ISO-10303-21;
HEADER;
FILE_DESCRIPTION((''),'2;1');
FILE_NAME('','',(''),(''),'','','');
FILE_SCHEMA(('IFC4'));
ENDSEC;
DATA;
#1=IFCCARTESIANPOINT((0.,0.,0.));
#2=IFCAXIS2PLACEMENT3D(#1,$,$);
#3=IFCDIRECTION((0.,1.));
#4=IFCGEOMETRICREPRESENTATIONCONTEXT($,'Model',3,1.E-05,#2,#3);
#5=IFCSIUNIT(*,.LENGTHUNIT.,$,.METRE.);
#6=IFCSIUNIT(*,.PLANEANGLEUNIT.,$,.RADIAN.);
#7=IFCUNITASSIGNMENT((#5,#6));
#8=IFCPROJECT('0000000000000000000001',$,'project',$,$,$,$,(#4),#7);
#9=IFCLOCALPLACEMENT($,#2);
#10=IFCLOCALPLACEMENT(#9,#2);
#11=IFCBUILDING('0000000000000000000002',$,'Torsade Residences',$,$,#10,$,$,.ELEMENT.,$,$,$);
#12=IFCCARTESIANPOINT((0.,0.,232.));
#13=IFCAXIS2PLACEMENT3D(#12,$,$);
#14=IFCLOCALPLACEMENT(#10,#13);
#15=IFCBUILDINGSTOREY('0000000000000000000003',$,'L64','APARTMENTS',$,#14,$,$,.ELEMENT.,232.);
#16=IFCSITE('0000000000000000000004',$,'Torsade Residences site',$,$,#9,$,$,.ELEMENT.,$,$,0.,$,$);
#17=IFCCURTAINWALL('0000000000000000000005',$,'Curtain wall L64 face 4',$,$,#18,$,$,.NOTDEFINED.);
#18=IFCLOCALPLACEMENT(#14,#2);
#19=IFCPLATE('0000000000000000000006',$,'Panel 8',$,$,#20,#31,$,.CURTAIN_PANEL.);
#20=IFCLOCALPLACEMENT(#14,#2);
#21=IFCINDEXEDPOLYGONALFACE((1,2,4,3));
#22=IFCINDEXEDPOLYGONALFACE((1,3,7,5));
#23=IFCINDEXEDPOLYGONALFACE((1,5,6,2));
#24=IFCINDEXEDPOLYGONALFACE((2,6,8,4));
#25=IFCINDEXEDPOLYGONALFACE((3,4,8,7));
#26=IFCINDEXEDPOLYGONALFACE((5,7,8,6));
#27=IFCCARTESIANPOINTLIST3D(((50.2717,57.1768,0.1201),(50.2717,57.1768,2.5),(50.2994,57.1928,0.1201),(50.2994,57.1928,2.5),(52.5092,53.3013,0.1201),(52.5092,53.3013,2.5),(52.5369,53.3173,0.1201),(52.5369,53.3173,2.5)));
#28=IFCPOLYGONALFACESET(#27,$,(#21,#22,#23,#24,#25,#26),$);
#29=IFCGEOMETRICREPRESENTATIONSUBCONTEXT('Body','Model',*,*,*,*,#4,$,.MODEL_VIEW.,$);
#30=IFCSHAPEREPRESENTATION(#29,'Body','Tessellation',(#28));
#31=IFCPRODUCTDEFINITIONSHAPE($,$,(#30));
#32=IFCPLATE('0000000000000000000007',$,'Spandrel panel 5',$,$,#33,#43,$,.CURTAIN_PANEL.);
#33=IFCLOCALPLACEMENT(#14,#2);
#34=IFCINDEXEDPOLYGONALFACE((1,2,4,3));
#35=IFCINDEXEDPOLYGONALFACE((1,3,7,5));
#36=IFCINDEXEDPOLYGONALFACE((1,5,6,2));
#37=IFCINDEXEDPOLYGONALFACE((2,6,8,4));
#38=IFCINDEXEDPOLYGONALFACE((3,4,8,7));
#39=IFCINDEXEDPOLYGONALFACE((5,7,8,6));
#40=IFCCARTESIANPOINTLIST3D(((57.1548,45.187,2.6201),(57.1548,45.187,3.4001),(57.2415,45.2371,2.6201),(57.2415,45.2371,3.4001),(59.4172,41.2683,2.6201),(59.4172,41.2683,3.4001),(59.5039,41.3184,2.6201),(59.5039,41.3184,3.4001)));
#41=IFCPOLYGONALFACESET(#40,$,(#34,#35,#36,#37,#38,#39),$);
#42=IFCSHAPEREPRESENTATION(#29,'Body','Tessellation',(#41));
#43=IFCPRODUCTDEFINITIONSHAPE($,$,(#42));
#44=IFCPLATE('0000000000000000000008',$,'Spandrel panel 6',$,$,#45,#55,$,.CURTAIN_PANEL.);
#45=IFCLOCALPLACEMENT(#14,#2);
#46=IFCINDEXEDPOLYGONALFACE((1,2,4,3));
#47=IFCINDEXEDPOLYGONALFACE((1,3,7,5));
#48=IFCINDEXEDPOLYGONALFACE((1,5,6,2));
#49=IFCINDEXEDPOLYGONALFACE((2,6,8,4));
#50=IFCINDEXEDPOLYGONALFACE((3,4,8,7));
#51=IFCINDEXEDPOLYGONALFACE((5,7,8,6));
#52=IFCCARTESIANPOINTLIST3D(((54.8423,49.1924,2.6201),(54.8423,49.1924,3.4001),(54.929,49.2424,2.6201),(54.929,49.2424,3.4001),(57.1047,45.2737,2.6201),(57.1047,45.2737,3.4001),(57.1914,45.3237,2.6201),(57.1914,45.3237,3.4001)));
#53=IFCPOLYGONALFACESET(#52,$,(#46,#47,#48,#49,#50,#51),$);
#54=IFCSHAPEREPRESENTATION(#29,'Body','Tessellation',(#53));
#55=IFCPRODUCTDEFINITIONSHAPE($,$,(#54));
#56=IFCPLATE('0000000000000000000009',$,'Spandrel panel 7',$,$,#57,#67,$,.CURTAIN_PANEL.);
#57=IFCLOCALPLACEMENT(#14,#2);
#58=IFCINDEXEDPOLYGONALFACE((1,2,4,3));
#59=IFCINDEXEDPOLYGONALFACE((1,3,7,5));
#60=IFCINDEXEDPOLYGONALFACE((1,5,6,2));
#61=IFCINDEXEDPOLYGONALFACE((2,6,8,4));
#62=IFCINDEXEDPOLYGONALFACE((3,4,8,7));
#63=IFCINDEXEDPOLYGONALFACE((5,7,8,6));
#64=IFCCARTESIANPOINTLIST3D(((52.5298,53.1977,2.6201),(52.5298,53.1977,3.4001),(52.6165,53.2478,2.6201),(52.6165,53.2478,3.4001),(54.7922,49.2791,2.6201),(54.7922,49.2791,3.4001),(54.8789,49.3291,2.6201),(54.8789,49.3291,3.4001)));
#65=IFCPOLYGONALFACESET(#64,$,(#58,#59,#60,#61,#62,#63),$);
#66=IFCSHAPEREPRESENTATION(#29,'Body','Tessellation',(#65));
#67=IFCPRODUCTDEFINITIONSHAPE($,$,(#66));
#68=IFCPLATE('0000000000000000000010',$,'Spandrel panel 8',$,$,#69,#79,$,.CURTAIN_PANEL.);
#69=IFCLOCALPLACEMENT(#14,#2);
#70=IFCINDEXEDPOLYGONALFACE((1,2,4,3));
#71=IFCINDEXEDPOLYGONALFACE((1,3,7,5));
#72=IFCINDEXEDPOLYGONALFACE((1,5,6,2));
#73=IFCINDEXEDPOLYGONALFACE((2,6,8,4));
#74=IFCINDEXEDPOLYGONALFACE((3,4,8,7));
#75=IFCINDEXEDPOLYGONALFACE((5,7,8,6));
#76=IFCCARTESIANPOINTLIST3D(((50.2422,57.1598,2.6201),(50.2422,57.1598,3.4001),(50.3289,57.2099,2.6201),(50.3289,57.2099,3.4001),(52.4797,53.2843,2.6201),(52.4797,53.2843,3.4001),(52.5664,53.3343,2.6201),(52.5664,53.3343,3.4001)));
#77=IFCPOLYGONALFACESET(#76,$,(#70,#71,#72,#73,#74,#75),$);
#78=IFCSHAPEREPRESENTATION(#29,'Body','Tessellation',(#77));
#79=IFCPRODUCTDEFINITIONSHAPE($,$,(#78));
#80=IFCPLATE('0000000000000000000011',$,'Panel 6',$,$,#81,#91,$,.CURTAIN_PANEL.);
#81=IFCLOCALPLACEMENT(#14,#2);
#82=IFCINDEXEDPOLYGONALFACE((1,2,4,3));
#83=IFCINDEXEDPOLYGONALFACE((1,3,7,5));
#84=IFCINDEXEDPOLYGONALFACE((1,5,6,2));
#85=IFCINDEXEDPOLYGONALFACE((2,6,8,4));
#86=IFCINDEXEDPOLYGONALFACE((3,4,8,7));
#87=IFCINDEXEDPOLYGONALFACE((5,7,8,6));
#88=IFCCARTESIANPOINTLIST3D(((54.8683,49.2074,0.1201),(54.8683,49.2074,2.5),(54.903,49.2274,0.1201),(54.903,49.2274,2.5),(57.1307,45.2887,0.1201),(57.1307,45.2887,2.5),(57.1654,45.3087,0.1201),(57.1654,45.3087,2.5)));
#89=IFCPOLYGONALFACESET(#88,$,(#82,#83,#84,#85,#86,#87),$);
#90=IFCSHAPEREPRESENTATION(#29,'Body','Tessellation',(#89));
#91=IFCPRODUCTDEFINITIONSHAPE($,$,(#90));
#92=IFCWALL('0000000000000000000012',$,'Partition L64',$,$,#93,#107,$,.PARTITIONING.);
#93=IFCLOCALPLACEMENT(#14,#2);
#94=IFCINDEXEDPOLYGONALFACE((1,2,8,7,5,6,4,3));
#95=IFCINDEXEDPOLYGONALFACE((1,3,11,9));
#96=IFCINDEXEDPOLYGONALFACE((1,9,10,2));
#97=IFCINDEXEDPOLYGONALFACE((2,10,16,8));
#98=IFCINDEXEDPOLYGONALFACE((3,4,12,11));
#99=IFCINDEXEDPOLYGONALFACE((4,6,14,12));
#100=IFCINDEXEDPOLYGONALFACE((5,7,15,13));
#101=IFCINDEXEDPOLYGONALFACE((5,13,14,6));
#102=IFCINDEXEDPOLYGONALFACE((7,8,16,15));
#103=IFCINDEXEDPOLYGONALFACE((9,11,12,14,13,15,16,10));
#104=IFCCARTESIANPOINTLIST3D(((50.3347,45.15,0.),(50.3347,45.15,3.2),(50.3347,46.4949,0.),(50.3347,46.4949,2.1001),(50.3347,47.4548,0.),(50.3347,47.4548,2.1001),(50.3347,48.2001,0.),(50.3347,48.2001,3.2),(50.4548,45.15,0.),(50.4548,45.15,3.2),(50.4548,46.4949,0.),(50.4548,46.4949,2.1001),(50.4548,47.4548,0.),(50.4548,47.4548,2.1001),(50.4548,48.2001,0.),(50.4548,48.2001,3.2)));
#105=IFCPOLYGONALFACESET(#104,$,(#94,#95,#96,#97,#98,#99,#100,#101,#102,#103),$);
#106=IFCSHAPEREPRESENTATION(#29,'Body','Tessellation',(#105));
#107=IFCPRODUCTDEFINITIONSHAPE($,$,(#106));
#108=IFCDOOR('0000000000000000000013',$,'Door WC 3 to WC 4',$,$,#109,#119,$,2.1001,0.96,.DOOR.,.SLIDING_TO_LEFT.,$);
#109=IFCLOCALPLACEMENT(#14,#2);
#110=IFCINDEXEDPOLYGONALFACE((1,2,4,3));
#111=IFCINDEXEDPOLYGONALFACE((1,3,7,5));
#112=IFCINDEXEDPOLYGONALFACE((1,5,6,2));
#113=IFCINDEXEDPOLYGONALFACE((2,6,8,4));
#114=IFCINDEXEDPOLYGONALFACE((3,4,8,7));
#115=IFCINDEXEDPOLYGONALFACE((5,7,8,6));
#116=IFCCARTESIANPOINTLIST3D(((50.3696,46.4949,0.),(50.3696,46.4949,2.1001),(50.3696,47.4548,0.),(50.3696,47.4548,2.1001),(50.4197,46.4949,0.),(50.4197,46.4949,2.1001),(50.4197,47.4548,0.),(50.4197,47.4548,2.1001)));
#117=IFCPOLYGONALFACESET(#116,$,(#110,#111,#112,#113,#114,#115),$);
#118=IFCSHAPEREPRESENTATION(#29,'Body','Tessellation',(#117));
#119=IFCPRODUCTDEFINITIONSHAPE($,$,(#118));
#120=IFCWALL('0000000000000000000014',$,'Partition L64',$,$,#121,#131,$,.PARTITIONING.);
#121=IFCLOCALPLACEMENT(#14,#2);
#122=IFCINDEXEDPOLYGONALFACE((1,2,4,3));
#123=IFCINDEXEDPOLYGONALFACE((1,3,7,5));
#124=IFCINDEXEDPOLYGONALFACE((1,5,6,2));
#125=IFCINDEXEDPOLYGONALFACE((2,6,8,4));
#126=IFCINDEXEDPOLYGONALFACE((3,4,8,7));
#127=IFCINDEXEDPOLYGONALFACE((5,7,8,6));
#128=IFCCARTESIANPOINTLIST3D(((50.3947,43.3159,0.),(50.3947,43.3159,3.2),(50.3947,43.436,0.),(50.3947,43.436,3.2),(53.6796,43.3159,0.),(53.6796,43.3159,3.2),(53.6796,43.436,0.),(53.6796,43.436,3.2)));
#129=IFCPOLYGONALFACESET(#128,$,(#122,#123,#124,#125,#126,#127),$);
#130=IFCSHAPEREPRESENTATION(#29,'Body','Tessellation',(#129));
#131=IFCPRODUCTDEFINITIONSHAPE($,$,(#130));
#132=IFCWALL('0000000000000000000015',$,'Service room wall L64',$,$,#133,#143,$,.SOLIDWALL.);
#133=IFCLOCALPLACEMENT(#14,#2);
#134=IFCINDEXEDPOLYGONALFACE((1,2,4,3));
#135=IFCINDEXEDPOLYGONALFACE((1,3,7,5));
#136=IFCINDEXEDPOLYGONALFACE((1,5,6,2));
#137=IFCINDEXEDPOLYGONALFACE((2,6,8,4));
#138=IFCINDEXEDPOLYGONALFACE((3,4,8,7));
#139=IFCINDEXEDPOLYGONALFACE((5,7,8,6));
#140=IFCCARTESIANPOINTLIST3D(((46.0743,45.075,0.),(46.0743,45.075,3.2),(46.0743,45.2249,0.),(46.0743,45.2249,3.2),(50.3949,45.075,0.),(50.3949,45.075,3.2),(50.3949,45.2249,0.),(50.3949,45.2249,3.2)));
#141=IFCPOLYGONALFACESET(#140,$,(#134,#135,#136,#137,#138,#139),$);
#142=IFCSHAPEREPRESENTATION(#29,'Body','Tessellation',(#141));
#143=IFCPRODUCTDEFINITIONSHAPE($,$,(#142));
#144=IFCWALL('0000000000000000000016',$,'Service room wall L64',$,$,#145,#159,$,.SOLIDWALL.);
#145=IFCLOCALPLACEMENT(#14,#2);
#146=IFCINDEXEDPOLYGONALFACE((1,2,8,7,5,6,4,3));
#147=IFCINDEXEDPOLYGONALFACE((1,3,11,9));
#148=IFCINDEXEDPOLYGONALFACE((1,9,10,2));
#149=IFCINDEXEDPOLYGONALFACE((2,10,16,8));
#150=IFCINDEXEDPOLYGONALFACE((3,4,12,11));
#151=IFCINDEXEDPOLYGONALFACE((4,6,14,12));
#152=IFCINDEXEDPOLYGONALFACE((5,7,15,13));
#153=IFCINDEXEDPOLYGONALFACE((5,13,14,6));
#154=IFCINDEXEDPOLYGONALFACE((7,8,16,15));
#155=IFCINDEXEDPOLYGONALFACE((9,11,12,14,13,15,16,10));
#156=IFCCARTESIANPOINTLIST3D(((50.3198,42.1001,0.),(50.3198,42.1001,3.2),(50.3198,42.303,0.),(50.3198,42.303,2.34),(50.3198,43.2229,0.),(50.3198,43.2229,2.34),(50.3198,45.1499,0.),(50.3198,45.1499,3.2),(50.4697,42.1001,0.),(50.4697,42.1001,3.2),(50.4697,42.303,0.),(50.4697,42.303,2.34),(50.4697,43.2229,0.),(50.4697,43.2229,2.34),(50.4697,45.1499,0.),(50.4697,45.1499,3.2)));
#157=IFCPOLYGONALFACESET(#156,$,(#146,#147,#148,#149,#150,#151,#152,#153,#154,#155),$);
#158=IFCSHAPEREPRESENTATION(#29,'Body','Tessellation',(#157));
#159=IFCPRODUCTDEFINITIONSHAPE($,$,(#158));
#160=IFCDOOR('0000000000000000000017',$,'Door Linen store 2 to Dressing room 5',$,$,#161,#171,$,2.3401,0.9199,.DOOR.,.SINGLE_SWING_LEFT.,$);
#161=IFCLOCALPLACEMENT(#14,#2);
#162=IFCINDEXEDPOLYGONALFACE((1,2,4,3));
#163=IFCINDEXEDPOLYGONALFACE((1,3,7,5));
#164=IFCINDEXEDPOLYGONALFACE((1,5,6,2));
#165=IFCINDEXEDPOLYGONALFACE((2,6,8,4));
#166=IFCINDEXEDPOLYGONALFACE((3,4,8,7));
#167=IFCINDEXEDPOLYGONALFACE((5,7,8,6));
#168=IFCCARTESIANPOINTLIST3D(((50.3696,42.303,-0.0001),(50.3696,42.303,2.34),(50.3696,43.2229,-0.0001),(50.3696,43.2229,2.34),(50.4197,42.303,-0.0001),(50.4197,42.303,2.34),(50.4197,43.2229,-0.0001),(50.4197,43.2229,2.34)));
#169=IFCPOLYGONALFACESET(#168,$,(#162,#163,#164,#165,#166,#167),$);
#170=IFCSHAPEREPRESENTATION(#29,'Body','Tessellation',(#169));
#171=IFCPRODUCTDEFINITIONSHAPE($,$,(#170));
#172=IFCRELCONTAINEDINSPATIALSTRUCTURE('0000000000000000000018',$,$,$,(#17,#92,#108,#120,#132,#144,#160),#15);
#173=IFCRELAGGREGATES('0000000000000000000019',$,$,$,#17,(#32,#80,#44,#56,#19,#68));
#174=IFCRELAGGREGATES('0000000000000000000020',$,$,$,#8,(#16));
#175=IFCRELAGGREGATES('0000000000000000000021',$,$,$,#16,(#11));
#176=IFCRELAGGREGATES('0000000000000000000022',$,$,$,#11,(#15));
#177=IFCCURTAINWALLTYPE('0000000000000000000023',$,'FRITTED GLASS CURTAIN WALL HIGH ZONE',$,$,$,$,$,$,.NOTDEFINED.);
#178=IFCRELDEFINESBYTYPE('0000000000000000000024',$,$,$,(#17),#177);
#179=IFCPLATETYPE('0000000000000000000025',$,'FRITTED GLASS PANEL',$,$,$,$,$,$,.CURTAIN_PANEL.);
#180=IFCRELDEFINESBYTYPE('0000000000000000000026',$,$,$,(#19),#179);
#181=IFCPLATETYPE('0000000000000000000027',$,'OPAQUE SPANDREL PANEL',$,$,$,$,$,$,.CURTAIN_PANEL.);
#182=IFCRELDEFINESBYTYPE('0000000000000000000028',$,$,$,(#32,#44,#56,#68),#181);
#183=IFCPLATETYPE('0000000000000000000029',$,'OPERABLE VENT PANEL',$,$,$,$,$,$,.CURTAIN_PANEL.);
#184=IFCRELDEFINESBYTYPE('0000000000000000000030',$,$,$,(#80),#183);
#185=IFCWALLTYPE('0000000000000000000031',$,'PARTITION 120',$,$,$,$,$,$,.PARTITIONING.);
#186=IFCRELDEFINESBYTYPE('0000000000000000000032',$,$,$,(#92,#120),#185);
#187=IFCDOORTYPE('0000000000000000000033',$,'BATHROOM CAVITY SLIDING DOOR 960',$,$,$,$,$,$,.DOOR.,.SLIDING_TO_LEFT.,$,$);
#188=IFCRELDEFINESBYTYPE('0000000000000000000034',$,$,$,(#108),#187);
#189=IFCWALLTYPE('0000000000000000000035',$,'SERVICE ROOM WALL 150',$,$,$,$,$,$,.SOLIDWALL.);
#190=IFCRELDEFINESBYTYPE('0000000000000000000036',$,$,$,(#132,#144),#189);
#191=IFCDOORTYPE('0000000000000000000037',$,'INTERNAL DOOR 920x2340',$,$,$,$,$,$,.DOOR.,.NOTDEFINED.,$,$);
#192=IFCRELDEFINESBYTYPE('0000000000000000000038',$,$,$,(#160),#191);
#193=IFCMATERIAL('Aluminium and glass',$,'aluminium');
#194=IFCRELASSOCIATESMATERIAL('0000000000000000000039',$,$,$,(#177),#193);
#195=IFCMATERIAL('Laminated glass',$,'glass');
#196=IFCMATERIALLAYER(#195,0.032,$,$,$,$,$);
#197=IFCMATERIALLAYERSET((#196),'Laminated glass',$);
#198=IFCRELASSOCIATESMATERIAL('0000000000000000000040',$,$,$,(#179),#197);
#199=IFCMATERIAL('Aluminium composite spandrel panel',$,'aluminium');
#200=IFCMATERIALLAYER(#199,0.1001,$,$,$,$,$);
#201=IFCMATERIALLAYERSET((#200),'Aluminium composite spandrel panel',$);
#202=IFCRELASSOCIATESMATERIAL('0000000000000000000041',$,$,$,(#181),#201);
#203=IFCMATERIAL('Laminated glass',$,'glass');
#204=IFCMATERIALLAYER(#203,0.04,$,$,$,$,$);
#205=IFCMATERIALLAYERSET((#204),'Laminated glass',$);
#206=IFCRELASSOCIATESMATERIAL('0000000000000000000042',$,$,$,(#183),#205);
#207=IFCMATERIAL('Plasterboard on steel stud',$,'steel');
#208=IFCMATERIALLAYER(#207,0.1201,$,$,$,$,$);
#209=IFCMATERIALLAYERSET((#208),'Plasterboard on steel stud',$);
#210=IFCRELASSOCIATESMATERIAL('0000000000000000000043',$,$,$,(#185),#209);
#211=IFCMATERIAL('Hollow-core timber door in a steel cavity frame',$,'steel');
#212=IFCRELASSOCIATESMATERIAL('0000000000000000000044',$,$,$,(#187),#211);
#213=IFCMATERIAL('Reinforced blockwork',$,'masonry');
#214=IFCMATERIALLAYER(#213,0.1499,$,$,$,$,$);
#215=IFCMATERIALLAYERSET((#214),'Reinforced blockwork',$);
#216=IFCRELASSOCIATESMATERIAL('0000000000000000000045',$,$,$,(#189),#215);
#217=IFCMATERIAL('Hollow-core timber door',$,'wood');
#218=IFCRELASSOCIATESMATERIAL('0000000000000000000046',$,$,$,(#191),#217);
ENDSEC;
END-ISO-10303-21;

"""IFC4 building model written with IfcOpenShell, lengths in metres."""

from ifc_helpers import new_model, si_unit, direction, frame, frame_2d, origin, origin_2d, place, context, subcontext, project, spatial, rectangle, extrude, material, layer, layer_set, type_object, element, fill, aggregate, save


model = new_model("IFC4")

# Units and contexts
model_context = context("Model", 3, precision=1e-05, world=origin(), true_north=direction((0.0, 1.0)))
body_context = subcontext(model_context, "Body", "Model", "MODEL_VIEW")
ifc_project = project(units=[si_unit("LENGTHUNIT", "METRE"), si_unit("PLANEANGLEUNIT", "RADIAN")], contexts=[model_context])

# Site, building, storey
site_placement = place(None, origin())
site = spatial("IfcSite", under=ifc_project, at=site_placement, Name="Torsade Residences site", CompositionType="ELEMENT", RefElevation=0.0)
building_placement = place(site_placement, origin())
building = spatial("IfcBuilding", under=site, at=building_placement, Name="Torsade Residences", CompositionType="ELEMENT")
storey_placement = place(building_placement, frame((0.0, 0.0, 232.0)))
storey = spatial("IfcBuildingStorey", under=building, at=storey_placement, Name="L64", Description="APARTMENTS", CompositionType="ELEMENT", Elevation=232.0)

# Curtain wall
ifc_material_1 = material(Name="Aluminium and glass", Category="aluminium")
curtain_wall_type = type_object("IfcCurtainWallType", Name="FRITTED GLASS CURTAIN WALL HIGH ZONE", PredefinedType="NOTDEFINED", material=ifc_material_1)
curtain_wall_placement = place(storey_placement, origin())
curtain_wall = element("IfcCurtainWall", 1, at=curtain_wall_placement, inside=storey, type_object=curtain_wall_type, Name="Curtain wall L64 face 4", PredefinedType="NOTDEFINED")

# Plates
ifc_material_2 = material(Name="Laminated glass", Category="glass")
ifc_layer_1 = layer(ifc_material_2, 0.032)
ifc_layer_set_1 = layer_set([ifc_layer_1], Name="Laminated glass")
plate_type_1 = type_object("IfcPlateType", Name="FRITTED GLASS PANEL", PredefinedType="CURTAIN_PANEL", material=ifc_layer_set_1)
plate_1_placement = place(storey_placement, frame((51.4043, 55.2471, 0.1201), z_axis=(0.0, 0.0, 1.0), x_axis=(-0.5, 0.866025, 0.0)))
plate_1 = element("IfcPlate", 2, at=plate_1_placement, type_object=plate_type_1, Name="Panel 8", PredefinedType="CURTAIN_PANEL", context=body_context, shape_type="SweptSolid", body=[
    extrude(rectangle(XDim=4.4751, YDim=0.032, at=origin_2d()), origin(), (0.0, 0.0, 1.0), 2.3799),
])
ifc_material_3 = material(Name="Aluminium composite spandrel panel", Category="aluminium")
ifc_layer_2 = layer(ifc_material_3, 0.1001)
ifc_layer_set_2 = layer_set([ifc_layer_2], Name="Aluminium composite spandrel panel")
plate_type_2 = type_object("IfcPlateType", Name="OPAQUE SPANDREL PANEL", PredefinedType="CURTAIN_PANEL", material=ifc_layer_set_2)
plate_2_placement = place(storey_placement, frame((58.3293, 43.2527, 2.6201), z_axis=(0.0, 0.0, 1.0), x_axis=(-0.5, 0.866025, 0.0)))
plate_2 = element("IfcPlate", 3, at=plate_2_placement, type_object=plate_type_2, Name="Spandrel panel 5", PredefinedType="CURTAIN_PANEL", context=body_context, shape_type="SweptSolid", body=[
    extrude(rectangle(XDim=4.5249, YDim=0.1001, at=origin_2d()), origin(), (0.0, 0.0, 1.0), 0.78),
])
plate_3_placement = place(storey_placement, frame((56.0168, 47.2581, 2.6201), z_axis=(0.0, 0.0, 1.0), x_axis=(-0.5, 0.866025, 0.0)))
plate_3 = element("IfcPlate", 4, at=plate_3_placement, type_object=plate_type_2, Name="Spandrel panel 6", PredefinedType="CURTAIN_PANEL", context=body_context, shape_type="SweptSolid", body=[
    extrude(rectangle(XDim=4.5249, YDim=0.1001, at=origin_2d()), origin(), (0.0, 0.0, 1.0), 0.78),
])
plate_4_placement = place(storey_placement, frame((53.7043, 51.2634, 2.6201), z_axis=(0.0, 0.0, 1.0), x_axis=(-0.5, 0.866025, 0.0)))
plate_4 = element("IfcPlate", 5, at=plate_4_placement, type_object=plate_type_2, Name="Spandrel panel 7", PredefinedType="CURTAIN_PANEL", context=body_context, shape_type="SweptSolid", body=[
    extrude(rectangle(XDim=4.5249, YDim=0.1001, at=origin_2d()), origin(), (0.0, 0.0, 1.0), 0.78),
])
plate_5_placement = place(storey_placement, frame((51.4043, 55.2471, 2.6201), z_axis=(0.0, 0.0, 1.0), x_axis=(-0.5, 0.866025, 0.0)))
plate_5 = element("IfcPlate", 6, at=plate_5_placement, type_object=plate_type_2, Name="Spandrel panel 8", PredefinedType="CURTAIN_PANEL", context=body_context, shape_type="SweptSolid", body=[
    extrude(rectangle(XDim=4.4751, YDim=0.1001, at=origin_2d()), origin(), (0.0, 0.0, 1.0), 0.78),
])
ifc_material_4 = material(Name="Laminated glass", Category="glass")
ifc_layer_3 = layer(ifc_material_4, 0.04)
ifc_layer_set_3 = layer_set([ifc_layer_3], Name="Laminated glass")
plate_type_3 = type_object("IfcPlateType", Name="OPERABLE VENT PANEL", PredefinedType="CURTAIN_PANEL", material=ifc_layer_set_3)
plate_6_placement = place(storey_placement, frame((56.0168, 47.2581, 0.1201), z_axis=(0.0, 0.0, 1.0), x_axis=(-0.5, 0.866025, 0.0)))
plate_6 = element("IfcPlate", 7, at=plate_6_placement, type_object=plate_type_3, Name="Panel 6", PredefinedType="CURTAIN_PANEL", context=body_context, shape_type="SweptSolid", body=[
    extrude(rectangle(XDim=4.5249, YDim=0.04, at=origin_2d()), origin(), (0.0, 0.0, 1.0), 2.3799),
])
aggregate(curtain_wall, [plate_2, plate_6, plate_3, plate_4, plate_1, plate_5])

# Wall, opening, door
ifc_material_5 = material(Name="Plasterboard on steel stud", Category="steel")
ifc_layer_4 = layer(ifc_material_5, 0.1201)
ifc_layer_set_4 = layer_set([ifc_layer_4], Name="Plasterboard on steel stud")
wall_type_1 = type_object("IfcWallType", Name="PARTITION 120", PredefinedType="PARTITIONING", material=ifc_layer_set_4)
wall_1_placement = place(storey_placement, frame((50.3948, 48.2, 0.0), z_axis=(0.0, 0.0, 1.0), x_axis=(0.0, -1.0, 0.0)))
wall_1 = element("IfcWall", 8, at=wall_1_placement, inside=storey, type_object=wall_type_1, Name="Partition L64", PredefinedType="PARTITIONING", context=body_context, shape_type="SweptSolid", body=[
    extrude(rectangle(XDim=3.05, YDim=0.1201, at=frame_2d((1.5249, 0.0))), origin(), (0.0, 0.0, 1.0), 3.2),
])
opening_1_placement = place(wall_1_placement, frame((0.7451, 0.0, 0.0)))
opening_1 = element("IfcOpeningElement", 9, at=opening_1_placement, cuts=wall_1, PredefinedType="OPENING", context=body_context, shape_type="SweptSolid", body=[
    extrude(rectangle(XDim=0.96, YDim=2.1001, at=frame_2d((0.48, 1.05))), frame((0.0, 0.0701, 0.0), z_axis=(0.0, -1.0, 0.0), x_axis=(1.0, 0.0, 0.0)), (0.0, 0.0, 1.0), 0.1401),
])
ifc_material_6 = material(Name="Hollow-core timber door in a steel cavity frame", Category="steel")
door_type_1 = type_object("IfcDoorType", Name="BATHROOM CAVITY SLIDING DOOR 960", OperationType="SLIDING_TO_LEFT", PredefinedType="DOOR", material=ifc_material_6)
door_1_placement = place(opening_1_placement, origin())
door_1 = element("IfcDoor", 10, at=door_1_placement, inside=storey, type_object=door_type_1, Name="Door WC 3 to WC 4", OperationType="SLIDING_TO_LEFT", OverallHeight=2.1001, OverallWidth=0.96, PredefinedType="DOOR", context=body_context, shape_type="SweptSolid", body=[
    extrude(rectangle(XDim=0.96, YDim=2.1001, at=frame_2d((0.48, 1.05))), frame((0.0, 0.0249, 0.0), z_axis=(0.0, -1.0, 0.0), x_axis=(1.0, 0.0, 0.0)), (0.0, 0.0, 1.0), 0.05),
])
fill(opening_1, door_1)

# Walls
wall_2_placement = place(storey_placement, frame((53.6797, 43.376, 0.0), z_axis=(0.0, 0.0, 1.0), x_axis=(-1.0, 0.0, 0.0)))
element("IfcWall", 11, at=wall_2_placement, inside=storey, type_object=wall_type_1, Name="Partition L64", PredefinedType="PARTITIONING", context=body_context, shape_type="SweptSolid", body=[
    extrude(rectangle(XDim=3.2849, YDim=0.1201, at=frame_2d((1.6426, 0.0))), origin(), (0.0, 0.0, 1.0), 3.2),
])
ifc_material_7 = material(Name="Reinforced blockwork", Category="masonry")
ifc_layer_5 = layer(ifc_material_7, 0.1499)
ifc_layer_set_5 = layer_set([ifc_layer_5], Name="Reinforced blockwork")
wall_type_2 = type_object("IfcWallType", Name="SERVICE ROOM WALL 150", PredefinedType="SOLIDWALL", material=ifc_layer_set_5)
wall_3_placement = place(storey_placement, frame((50.3948, 45.1499, 0.0), z_axis=(0.0, 0.0, 1.0), x_axis=(-1.0, 0.0, 0.0)))
element("IfcWall", 12, at=wall_3_placement, inside=storey, type_object=wall_type_2, Name="Service room wall L64", PredefinedType="SOLIDWALL", context=body_context, shape_type="SweptSolid", body=[
    extrude(rectangle(XDim=4.3206, YDim=0.1499, at=frame_2d((2.1602, 0.0))), origin(), (0.0, 0.0, 1.0), 3.2),
])

# Wall, opening, door
wall_4_placement = place(storey_placement, frame((50.3948, 45.1499, 0.0), z_axis=(0.0, 0.0, 1.0), x_axis=(0.0, -1.0, 0.0)))
wall_4 = element("IfcWall", 13, at=wall_4_placement, inside=storey, type_object=wall_type_2, Name="Service room wall L64", PredefinedType="SOLIDWALL", context=body_context, shape_type="SweptSolid", body=[
    extrude(rectangle(XDim=3.0498, YDim=0.1499, at=frame_2d((1.5249, 0.0))), origin(), (0.0, 0.0, 1.0), 3.2),
])
opening_2_placement = place(wall_4_placement, frame((1.927, 0.0, 0.0)))
opening_2 = element("IfcOpeningElement", 14, at=opening_2_placement, cuts=wall_4, PredefinedType="OPENING", context=body_context, shape_type="SweptSolid", body=[
    extrude(rectangle(XDim=0.9199, YDim=2.3401, at=frame_2d((0.46, 1.1699))), frame((0.0, 0.085, 0.0), z_axis=(0.0, -1.0, 0.0), x_axis=(1.0, 0.0, 0.0)), (0.0, 0.0, 1.0), 0.1699),
])
ifc_material_8 = material(Name="Hollow-core timber door", Category="wood")
door_type_2 = type_object("IfcDoorType", Name="INTERNAL DOOR 920x2340", OperationType="NOTDEFINED", PredefinedType="DOOR", material=ifc_material_8)
door_2_placement = place(opening_2_placement, origin())
door_2 = element("IfcDoor", 15, at=door_2_placement, inside=storey, type_object=door_type_2, Name="Door Linen store 2 to Dressing room 5", OperationType="SINGLE_SWING_LEFT", OverallHeight=2.3401, OverallWidth=0.9199, PredefinedType="DOOR", context=body_context, shape_type="SweptSolid", body=[
    extrude(rectangle(XDim=0.9199, YDim=2.3401, at=frame_2d((0.46, 1.1699))), frame((0.0, 0.0249, 0.0), z_axis=(0.0, -1.0, 0.0), x_axis=(1.0, 0.0, 0.0)), (0.0, 0.0, 1.0), 0.05),
])
fill(opening_2, door_2)

save(model, "model.ifc")
